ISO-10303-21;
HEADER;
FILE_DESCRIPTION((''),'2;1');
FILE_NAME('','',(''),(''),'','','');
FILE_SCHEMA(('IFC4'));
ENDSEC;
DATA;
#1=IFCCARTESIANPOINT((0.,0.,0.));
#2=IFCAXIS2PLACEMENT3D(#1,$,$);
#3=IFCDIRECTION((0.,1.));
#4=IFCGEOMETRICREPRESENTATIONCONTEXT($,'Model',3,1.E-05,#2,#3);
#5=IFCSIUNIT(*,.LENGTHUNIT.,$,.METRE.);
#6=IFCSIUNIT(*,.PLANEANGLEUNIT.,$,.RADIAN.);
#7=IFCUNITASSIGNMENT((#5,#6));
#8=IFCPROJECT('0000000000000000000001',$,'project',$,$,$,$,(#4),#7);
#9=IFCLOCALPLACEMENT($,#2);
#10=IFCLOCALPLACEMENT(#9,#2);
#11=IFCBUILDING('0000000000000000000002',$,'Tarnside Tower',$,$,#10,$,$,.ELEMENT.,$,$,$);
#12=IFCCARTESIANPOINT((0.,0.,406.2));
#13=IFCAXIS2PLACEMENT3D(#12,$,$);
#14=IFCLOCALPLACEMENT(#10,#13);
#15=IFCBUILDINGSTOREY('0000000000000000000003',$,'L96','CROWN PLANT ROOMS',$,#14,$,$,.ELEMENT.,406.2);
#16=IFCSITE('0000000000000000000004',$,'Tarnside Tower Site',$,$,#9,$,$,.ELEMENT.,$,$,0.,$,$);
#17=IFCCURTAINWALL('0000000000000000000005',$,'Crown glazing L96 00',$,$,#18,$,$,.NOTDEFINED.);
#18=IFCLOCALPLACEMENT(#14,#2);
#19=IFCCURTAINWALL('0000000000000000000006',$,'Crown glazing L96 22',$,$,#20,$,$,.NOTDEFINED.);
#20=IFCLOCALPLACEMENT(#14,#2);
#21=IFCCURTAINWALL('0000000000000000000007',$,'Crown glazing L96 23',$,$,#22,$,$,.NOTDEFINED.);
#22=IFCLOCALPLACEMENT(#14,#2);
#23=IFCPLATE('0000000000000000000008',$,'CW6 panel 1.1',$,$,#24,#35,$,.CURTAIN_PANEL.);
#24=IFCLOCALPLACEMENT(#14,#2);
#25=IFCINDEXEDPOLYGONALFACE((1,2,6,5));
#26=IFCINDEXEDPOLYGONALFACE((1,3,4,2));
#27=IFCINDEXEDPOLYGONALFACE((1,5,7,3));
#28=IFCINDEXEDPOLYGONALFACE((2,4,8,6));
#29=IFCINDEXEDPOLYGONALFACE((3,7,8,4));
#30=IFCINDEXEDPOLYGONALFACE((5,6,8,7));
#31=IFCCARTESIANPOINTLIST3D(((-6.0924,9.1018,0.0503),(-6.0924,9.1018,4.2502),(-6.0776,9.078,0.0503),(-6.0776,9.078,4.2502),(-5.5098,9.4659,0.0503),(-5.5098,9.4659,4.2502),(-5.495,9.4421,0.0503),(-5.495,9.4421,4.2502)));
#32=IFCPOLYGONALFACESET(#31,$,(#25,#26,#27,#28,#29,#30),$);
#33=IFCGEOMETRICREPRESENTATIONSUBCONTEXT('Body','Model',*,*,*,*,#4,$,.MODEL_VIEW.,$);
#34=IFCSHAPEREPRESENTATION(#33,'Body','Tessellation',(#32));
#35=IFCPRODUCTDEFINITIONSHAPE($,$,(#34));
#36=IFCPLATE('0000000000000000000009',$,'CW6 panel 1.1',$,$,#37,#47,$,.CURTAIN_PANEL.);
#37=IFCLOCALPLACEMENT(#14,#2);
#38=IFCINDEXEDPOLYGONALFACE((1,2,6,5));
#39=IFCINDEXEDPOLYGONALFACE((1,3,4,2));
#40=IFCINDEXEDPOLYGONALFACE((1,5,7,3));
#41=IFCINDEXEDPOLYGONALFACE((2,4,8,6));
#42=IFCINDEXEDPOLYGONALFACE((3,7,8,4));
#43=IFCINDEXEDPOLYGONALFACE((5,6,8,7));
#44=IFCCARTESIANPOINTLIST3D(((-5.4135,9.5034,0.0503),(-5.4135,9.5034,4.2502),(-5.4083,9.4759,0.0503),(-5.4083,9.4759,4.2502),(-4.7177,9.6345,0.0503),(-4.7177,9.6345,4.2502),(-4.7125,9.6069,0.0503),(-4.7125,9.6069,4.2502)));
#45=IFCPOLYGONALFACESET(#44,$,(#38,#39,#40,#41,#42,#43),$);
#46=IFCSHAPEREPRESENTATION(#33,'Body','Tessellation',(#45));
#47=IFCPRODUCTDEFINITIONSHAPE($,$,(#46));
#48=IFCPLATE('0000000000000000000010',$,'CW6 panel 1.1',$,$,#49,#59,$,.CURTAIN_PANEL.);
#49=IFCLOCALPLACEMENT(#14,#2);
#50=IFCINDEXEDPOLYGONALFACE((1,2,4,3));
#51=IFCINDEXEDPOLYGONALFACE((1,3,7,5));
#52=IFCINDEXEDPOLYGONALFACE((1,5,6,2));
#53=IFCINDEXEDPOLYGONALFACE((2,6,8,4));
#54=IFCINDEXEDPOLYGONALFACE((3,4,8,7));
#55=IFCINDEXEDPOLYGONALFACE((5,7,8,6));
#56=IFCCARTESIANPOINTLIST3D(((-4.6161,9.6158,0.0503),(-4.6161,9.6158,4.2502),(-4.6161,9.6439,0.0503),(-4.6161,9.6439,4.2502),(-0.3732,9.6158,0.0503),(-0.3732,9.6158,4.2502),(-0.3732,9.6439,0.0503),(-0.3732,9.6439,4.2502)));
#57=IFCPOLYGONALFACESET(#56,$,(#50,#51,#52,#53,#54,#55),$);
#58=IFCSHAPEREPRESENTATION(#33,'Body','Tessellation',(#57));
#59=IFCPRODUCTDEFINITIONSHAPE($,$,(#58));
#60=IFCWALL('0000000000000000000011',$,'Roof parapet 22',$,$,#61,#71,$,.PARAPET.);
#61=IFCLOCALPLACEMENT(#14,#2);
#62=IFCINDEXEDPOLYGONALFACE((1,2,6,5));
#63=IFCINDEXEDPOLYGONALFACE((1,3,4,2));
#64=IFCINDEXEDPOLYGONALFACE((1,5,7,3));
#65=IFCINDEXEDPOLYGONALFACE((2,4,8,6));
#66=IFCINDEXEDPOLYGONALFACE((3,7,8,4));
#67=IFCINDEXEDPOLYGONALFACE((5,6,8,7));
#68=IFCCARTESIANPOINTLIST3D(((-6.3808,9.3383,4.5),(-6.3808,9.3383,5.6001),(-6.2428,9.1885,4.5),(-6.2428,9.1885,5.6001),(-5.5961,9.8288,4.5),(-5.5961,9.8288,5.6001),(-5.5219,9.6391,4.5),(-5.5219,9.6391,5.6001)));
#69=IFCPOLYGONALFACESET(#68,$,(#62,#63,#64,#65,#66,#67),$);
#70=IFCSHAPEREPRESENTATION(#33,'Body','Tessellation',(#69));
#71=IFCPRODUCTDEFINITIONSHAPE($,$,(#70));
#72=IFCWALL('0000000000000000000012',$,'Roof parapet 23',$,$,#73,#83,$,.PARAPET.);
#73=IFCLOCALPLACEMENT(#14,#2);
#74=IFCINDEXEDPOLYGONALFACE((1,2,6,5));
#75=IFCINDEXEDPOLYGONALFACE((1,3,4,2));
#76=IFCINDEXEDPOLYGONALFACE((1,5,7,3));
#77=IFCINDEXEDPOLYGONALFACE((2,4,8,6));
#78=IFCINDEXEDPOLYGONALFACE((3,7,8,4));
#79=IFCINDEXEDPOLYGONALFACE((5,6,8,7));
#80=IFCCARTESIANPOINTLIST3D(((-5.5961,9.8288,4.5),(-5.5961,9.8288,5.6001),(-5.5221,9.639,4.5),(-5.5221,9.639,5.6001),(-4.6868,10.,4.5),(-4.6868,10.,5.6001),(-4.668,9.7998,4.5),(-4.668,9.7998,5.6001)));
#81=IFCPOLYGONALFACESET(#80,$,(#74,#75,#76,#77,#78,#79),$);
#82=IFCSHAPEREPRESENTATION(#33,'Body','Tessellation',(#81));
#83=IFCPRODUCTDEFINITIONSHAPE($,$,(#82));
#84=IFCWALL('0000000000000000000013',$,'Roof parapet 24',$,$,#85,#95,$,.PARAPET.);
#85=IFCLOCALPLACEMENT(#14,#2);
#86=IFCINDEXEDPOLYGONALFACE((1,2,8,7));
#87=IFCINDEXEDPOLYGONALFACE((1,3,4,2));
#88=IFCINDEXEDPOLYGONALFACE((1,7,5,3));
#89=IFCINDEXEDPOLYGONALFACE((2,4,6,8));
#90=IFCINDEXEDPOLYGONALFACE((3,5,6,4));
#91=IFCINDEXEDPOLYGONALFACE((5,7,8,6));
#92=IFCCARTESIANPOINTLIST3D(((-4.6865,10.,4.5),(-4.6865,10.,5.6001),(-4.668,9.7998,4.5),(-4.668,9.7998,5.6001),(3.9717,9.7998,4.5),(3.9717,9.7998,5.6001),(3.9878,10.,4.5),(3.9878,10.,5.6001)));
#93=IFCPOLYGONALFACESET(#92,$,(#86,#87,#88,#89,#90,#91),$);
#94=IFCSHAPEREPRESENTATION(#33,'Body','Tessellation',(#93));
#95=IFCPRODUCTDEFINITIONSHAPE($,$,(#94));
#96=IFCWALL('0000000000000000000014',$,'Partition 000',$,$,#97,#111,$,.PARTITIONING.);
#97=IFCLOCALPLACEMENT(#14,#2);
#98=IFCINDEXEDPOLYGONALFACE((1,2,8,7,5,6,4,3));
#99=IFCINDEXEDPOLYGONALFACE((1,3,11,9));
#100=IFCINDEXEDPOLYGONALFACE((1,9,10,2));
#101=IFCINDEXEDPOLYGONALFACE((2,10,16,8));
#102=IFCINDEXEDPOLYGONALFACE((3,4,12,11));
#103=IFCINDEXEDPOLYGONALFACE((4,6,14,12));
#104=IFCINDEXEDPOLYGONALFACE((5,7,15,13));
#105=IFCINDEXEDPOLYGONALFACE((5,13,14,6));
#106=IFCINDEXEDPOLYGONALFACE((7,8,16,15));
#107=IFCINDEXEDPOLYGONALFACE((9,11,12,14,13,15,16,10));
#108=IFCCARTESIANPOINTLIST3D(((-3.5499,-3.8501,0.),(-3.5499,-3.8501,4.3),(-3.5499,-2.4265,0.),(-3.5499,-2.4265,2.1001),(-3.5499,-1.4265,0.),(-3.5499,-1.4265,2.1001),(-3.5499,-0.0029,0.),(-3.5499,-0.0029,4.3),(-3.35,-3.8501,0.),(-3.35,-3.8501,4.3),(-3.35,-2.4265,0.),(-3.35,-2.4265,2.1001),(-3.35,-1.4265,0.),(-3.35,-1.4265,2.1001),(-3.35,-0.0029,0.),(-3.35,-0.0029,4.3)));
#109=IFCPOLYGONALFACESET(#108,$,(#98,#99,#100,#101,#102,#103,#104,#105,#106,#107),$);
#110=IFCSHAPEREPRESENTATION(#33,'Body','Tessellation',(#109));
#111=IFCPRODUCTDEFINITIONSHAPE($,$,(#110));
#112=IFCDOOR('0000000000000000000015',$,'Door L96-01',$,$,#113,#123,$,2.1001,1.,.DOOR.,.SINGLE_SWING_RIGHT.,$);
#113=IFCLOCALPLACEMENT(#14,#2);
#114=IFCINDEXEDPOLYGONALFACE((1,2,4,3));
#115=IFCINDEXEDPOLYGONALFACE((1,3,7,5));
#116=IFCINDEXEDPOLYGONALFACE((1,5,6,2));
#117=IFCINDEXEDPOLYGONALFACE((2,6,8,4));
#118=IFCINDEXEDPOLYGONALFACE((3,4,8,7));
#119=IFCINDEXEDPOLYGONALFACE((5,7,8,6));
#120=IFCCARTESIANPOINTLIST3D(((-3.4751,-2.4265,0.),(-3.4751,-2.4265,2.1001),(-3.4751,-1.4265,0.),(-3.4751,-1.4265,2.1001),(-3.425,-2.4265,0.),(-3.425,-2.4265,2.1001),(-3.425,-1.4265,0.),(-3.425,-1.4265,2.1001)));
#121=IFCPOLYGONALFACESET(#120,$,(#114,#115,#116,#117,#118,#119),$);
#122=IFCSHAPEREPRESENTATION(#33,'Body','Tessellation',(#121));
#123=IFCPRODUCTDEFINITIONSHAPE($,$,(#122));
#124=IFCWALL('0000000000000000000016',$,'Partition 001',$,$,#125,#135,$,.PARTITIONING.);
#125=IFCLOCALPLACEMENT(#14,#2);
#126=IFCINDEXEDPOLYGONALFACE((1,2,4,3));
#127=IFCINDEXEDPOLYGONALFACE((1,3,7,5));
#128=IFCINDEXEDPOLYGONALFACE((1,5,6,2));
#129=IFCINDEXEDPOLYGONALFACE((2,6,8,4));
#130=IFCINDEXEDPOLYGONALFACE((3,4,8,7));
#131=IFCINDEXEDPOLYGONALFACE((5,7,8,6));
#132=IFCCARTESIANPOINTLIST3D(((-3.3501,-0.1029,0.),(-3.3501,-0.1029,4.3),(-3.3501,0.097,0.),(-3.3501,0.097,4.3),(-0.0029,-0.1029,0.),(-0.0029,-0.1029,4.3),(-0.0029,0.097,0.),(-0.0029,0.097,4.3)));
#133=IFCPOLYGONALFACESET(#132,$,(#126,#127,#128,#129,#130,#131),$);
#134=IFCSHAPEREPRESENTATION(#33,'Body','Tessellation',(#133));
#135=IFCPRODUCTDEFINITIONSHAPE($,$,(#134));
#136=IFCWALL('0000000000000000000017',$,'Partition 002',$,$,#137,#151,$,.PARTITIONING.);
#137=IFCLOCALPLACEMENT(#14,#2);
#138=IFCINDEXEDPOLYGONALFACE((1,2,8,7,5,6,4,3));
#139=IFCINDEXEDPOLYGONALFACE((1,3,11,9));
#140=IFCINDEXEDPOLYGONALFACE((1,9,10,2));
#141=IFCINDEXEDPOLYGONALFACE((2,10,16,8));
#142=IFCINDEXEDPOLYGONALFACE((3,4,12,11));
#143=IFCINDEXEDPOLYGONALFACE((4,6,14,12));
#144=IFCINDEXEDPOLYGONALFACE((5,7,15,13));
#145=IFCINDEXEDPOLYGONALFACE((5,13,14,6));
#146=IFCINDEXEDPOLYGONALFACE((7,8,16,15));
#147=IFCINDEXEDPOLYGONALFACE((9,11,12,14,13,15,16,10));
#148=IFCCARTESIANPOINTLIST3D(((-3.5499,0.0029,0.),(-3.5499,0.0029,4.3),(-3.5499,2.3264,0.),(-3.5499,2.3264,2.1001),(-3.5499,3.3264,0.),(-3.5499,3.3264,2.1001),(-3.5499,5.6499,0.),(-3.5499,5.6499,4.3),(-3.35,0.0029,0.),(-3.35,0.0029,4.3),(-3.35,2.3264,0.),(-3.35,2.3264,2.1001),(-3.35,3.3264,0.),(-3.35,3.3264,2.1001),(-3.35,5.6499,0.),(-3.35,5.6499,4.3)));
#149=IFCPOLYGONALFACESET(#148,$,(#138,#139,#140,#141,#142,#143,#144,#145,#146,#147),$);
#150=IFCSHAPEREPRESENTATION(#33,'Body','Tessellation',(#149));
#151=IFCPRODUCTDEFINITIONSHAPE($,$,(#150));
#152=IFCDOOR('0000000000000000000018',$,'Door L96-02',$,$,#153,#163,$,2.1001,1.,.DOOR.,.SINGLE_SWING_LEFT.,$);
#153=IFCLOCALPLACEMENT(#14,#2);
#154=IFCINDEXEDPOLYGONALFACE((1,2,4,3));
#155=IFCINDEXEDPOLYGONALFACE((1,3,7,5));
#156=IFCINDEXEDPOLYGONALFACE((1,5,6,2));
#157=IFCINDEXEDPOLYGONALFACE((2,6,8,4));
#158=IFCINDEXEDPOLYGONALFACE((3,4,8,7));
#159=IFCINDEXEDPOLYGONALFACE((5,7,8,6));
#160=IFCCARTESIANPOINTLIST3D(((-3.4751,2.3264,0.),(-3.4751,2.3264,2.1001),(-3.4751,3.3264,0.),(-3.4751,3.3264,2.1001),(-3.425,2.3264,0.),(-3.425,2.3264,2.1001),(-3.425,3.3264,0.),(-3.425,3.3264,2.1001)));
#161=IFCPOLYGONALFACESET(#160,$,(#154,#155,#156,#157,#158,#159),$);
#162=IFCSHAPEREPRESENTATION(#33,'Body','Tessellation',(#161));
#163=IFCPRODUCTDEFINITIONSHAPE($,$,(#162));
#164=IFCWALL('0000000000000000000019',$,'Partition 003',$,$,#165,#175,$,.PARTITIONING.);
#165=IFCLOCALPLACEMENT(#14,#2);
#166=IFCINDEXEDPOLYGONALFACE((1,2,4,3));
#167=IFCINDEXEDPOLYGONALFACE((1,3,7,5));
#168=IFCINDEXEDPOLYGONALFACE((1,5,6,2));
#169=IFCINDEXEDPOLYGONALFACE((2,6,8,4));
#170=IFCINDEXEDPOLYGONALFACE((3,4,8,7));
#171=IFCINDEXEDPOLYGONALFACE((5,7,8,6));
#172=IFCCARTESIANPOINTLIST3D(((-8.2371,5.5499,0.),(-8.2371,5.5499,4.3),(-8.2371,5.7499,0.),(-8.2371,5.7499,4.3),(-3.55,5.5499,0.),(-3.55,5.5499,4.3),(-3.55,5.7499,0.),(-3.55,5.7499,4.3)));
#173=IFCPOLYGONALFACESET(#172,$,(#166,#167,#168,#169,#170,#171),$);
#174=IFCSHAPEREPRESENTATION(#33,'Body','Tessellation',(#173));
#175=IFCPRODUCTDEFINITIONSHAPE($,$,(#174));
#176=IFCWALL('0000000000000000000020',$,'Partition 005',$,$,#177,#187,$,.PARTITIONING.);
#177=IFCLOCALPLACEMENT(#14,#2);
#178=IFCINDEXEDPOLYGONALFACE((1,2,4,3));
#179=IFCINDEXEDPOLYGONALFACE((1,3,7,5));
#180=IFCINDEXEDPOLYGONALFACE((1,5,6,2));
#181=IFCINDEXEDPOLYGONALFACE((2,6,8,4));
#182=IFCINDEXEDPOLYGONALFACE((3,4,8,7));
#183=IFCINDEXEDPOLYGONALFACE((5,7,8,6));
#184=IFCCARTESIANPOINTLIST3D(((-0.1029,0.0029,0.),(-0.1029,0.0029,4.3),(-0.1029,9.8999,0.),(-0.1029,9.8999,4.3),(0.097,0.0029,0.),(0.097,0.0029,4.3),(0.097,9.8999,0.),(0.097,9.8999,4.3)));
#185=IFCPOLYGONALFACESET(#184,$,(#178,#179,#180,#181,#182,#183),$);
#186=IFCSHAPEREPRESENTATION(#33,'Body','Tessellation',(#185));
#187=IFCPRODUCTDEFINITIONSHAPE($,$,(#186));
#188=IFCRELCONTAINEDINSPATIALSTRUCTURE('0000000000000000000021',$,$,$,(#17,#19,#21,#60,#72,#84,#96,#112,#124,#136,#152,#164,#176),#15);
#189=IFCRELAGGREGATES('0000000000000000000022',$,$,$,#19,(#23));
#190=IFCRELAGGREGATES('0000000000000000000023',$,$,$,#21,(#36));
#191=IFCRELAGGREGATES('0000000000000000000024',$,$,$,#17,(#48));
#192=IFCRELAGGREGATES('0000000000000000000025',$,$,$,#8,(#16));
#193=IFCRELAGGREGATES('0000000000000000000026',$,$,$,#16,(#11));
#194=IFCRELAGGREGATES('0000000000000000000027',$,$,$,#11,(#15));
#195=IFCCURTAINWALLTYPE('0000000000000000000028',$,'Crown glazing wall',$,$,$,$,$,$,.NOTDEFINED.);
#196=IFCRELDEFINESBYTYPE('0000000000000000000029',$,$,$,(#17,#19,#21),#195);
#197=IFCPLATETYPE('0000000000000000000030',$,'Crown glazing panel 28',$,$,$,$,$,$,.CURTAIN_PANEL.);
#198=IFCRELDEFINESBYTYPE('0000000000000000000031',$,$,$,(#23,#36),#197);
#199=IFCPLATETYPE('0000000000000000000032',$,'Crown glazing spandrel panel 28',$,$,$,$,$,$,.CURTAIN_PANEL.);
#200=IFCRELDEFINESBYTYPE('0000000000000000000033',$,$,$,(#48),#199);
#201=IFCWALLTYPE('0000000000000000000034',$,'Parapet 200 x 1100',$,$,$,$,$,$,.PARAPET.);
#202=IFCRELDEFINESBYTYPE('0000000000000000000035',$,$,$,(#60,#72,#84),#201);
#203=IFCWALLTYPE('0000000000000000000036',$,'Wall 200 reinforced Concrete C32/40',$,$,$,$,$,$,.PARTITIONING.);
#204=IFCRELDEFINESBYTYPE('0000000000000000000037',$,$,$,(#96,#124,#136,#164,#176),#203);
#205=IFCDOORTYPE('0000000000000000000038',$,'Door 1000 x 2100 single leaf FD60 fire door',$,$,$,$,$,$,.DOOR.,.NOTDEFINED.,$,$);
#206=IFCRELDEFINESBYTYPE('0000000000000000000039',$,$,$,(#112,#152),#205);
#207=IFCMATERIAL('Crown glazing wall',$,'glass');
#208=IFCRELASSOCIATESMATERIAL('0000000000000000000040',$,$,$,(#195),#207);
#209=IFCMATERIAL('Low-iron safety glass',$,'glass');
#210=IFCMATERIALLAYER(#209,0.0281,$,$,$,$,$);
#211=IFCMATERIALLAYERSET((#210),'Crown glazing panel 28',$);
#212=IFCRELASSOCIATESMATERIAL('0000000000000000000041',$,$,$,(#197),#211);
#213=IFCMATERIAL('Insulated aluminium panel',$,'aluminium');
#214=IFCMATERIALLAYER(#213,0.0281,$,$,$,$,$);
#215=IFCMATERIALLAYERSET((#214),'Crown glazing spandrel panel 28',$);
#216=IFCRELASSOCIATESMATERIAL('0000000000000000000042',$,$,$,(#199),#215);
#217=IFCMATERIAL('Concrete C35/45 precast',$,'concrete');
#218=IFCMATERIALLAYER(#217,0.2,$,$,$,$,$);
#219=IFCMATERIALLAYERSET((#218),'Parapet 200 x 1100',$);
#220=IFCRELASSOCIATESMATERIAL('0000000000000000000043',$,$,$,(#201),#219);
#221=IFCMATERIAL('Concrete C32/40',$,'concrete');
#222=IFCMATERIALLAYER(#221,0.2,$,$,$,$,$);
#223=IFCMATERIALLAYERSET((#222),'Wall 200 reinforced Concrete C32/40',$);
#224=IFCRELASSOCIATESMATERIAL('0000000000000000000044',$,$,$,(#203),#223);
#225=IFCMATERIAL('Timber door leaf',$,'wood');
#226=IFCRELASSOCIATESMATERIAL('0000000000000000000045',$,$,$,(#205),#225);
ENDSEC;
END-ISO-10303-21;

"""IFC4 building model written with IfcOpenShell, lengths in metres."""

from ifc_helpers import new_model, si_unit, direction, frame, frame_2d, origin, origin_2d, place, context, subcontext, project, spatial, polyline, rectangle, outline, extrude, material, layer, layer_set, type_object, element, fill, aggregate, save


model = new_model("IFC4")

# Units and contexts
model_context = context("Model", 3, precision=1e-05, world=origin(), true_north=direction((0.0, 1.0)))
body_context = subcontext(model_context, "Body", "Model", "MODEL_VIEW")
ifc_project = project(units=[si_unit("LENGTHUNIT", "METRE"), si_unit("PLANEANGLEUNIT", "RADIAN")], contexts=[model_context])

# Site, building, storey
site_placement = place(None, origin())
site = spatial("IfcSite", under=ifc_project, at=site_placement, Name="Tarnside Tower Site", CompositionType="ELEMENT", RefElevation=0.0)
building_placement = place(site_placement, origin())
building = spatial("IfcBuilding", under=site, at=building_placement, Name="Tarnside Tower", CompositionType="ELEMENT")
storey_placement = place(building_placement, frame((0.0, 0.0, 406.2)))
storey = spatial("IfcBuildingStorey", under=building, at=storey_placement, Name="L96", Description="CROWN PLANT ROOMS", CompositionType="ELEMENT", Elevation=406.2)

# Curtain wall
ifc_material_1 = material(Name="Crown glazing wall", Category="glass")
curtain_wall_type = type_object("IfcCurtainWallType", Name="Crown glazing wall", PredefinedType="NOTDEFINED", material=ifc_material_1)
curtain_wall_1_placement = place(storey_placement, origin())
curtain_wall_1 = element("IfcCurtainWall", 1, at=curtain_wall_1_placement, inside=storey, type_object=curtain_wall_type, Name="Crown glazing L96 00", PredefinedType="NOTDEFINED")

# Curtain walls
curtain_wall_2_placement = place(storey_placement, origin())
curtain_wall_2 = element("IfcCurtainWall", 2, at=curtain_wall_2_placement, inside=storey, type_object=curtain_wall_type, Name="Crown glazing L96 22", PredefinedType="NOTDEFINED")
curtain_wall_3_placement = place(storey_placement, origin())
curtain_wall_3 = element("IfcCurtainWall", 3, at=curtain_wall_3_placement, inside=storey, type_object=curtain_wall_type, Name="Crown glazing L96 23", PredefinedType="NOTDEFINED")

# Plates
ifc_material_2 = material(Name="Low-iron safety glass", Category="glass")
ifc_layer_1 = layer(ifc_material_2, 0.0281)
ifc_layer_set_1 = layer_set([ifc_layer_1], Name="Crown glazing panel 28")
plate_type_1 = type_object("IfcPlateType", Name="Crown glazing panel 28", PredefinedType="CURTAIN_PANEL", material=ifc_layer_set_1)
plate_1_placement = place(storey_placement, frame((-5.7937, 9.272, 0.0503), z_axis=(0.0, 0.0, 1.0), x_axis=(0.848048, 0.529919, 0.0)))
plate_1 = element("IfcPlate", 4, at=plate_1_placement, type_object=plate_type_1, Name="CW6 panel 1.1", PredefinedType="CURTAIN_PANEL", context=body_context, shape_type="SweptSolid", body=[
    extrude(rectangle(XDim=0.687, YDim=0.0281, at=origin_2d()), origin(), (0.0, 0.0, 1.0), 4.2),
])
aggregate(curtain_wall_2, [plate_1])
plate_2_placement = place(storey_placement, frame((-5.063, 9.5552, 0.0503), z_axis=(0.0, 0.0, 1.0), x_axis=(0.982721, 0.185095, 0.0)))
plate_2 = element("IfcPlate", 5, at=plate_2_placement, type_object=plate_type_1, Name="CW6 panel 1.1", PredefinedType="CURTAIN_PANEL", context=body_context, shape_type="SweptSolid", body=[
    extrude(rectangle(XDim=0.708, YDim=0.0281, at=origin_2d()), origin(), (0.0, 0.0, 1.0), 4.2),
])
aggregate(curtain_wall_3, [plate_2])
ifc_material_3 = material(Name="Insulated aluminium panel", Category="aluminium")
ifc_layer_2 = layer(ifc_material_3, 0.0281)
ifc_layer_set_2 = layer_set([ifc_layer_2], Name="Crown glazing spandrel panel 28")
plate_type_2 = type_object("IfcPlateType", Name="Crown glazing spandrel panel 28", PredefinedType="CURTAIN_PANEL", material=ifc_layer_set_2)
plate_3_placement = place(storey_placement, frame((-2.4946, 9.6299, 0.0503), z_axis=(0.0, 0.0, 1.0), x_axis=(1.0, 0.0, 0.0)))
plate_3 = element("IfcPlate", 6, at=plate_3_placement, type_object=plate_type_2, Name="CW6 panel 1.1", PredefinedType="CURTAIN_PANEL", context=body_context, shape_type="SweptSolid", body=[
    extrude(rectangle(XDim=4.2429, YDim=0.0281, at=origin_2d()), origin(), (0.0, 0.0, 1.0), 4.2),
])
aggregate(curtain_wall_1, [plate_3])

# Walls
ifc_material_4 = material(Name="Concrete C35/45 precast", Category="concrete")
ifc_layer_3 = layer(ifc_material_4, 0.2)
ifc_layer_set_3 = layer_set([ifc_layer_3], Name="Parapet 200 x 1100")
wall_type_1 = type_object("IfcWallType", Name="Parapet 200 x 1100", PredefinedType="PARAPET", material=ifc_layer_set_3)
wall_1_placement = place(storey_placement, frame((-6.3118, 9.2634, 4.5), z_axis=(0.0, 0.0, 1.0), x_axis=(0.847983, 0.530024, 0.0)))
element("IfcWall", 7, at=wall_1_placement, inside=storey, type_object=wall_type_1, Name="Roof parapet 22", PredefinedType="PARAPET", context=body_context, shape_type="SweptSolid", body=[
    extrude(outline(polyline([(0.0188, -0.1001), (0.8689, -0.1001), (0.9065, 0.1001), (-0.0188, 0.1001), (0.0188, -0.1001)])), origin(), (0.0, 0.0, 1.0), 1.1001),
])
wall_2_placement = place(storey_placement, frame((-5.5591, 9.7339, 4.5), z_axis=(0.0, 0.0, 1.0), x_axis=(0.982736, 0.185011, 0.0)))
element("IfcWall", 8, at=wall_2_placement, inside=storey, type_object=wall_type_1, Name="Roof parapet 23", PredefinedType="PARAPET", context=body_context, shape_type="SweptSolid", body=[
    extrude(outline(polyline([(0.0188, -0.1001), (0.8879, -0.1001), (0.9065, 0.1001), (-0.0188, 0.1001), (0.0188, -0.1001)])), origin(), (0.0, 0.0, 1.0), 1.1001),
])
wall_3_placement = place(storey_placement, frame((-4.6772, 9.8999, 4.5), z_axis=(0.0, 0.0, 1.0), x_axis=(1.0, 0.0, 0.0)))
element("IfcWall", 9, at=wall_3_placement, inside=storey, type_object=wall_type_1, Name="Roof parapet 24", PredefinedType="PARAPET", context=body_context, shape_type="SweptSolid", body=[
    extrude(outline(polyline([(0.0093, -0.1001), (8.6489, -0.1001), (8.665, 0.1001), (-0.0093, 0.1001), (0.0093, -0.1001)])), origin(), (0.0, 0.0, 1.0), 1.1001),
])

# Wall, opening, door
ifc_material_5 = material(Name="Concrete C32/40", Category="concrete")
ifc_layer_4 = layer(ifc_material_5, 0.2)
ifc_layer_set_4 = layer_set([ifc_layer_4], Name="Wall 200 reinforced Concrete C32/40")
wall_type_2 = type_object("IfcWallType", Name="Wall 200 reinforced Concrete C32/40", PredefinedType="PARTITIONING", material=ifc_layer_set_4)
wall_4_placement = place(storey_placement, frame((-3.45, -0.0029, 0.0), z_axis=(0.0, 0.0, 1.0), x_axis=(0.0, -1.0, 0.0)))
wall_4 = element("IfcWall", 10, at=wall_4_placement, inside=storey, type_object=wall_type_2, Name="Partition 000", PredefinedType="PARTITIONING", context=body_context, shape_type="SweptSolid", body=[
    extrude(rectangle(XDim=3.8472, YDim=0.2, at=frame_2d((1.9236, 0.0))), origin(), (0.0, 0.0, 1.0), 4.3),
])
opening_1_placement = place(wall_4_placement, frame((1.4236, 0.0, 0.0)))
opening_1 = element("IfcOpeningElement", 11, at=opening_1_placement, cuts=wall_4, PredefinedType="OPENING", context=body_context, shape_type="SweptSolid", body=[
    extrude(rectangle(XDim=1.0, YDim=2.1001, at=frame_2d((0.5, 1.05))), frame((0.0, 0.1099, 0.0), z_axis=(0.0, -1.0, 0.0), x_axis=(1.0, 0.0, 0.0)), (0.0, 0.0, 1.0), 0.22),
])
ifc_material_6 = material(Name="Timber door leaf", Category="wood")
door_type = type_object("IfcDoorType", Name="Door 1000 x 2100 single leaf FD60 fire door", OperationType="NOTDEFINED", PredefinedType="DOOR", material=ifc_material_6)
door_1_placement = place(opening_1_placement, origin())
door_1 = element("IfcDoor", 12, at=door_1_placement, inside=storey, type_object=door_type, Name="Door L96-01", OperationType="SINGLE_SWING_RIGHT", OverallHeight=2.1001, OverallWidth=1.0, PredefinedType="DOOR", context=body_context, shape_type="SweptSolid", body=[
    extrude(rectangle(XDim=1.0, YDim=2.1001, at=frame_2d((0.5, 1.05))), frame((0.0, 0.0249, 0.0), z_axis=(0.0, -1.0, 0.0), x_axis=(1.0, 0.0, 0.0)), (0.0, 0.0, 1.0), 0.05),
])
fill(opening_1, door_1)

# Wall
wall_5_placement = place(storey_placement, frame((-3.3501, -0.0029, 0.0), z_axis=(0.0, 0.0, 1.0), x_axis=(1.0, 0.0, 0.0)))
element("IfcWall", 13, at=wall_5_placement, inside=storey, type_object=wall_type_2, Name="Partition 001", PredefinedType="PARTITIONING", context=body_context, shape_type="SweptSolid", body=[
    extrude(rectangle(XDim=3.3472, YDim=0.2, at=frame_2d((1.6736, 0.0))), origin(), (0.0, 0.0, 1.0), 4.3),
])

# Wall, opening, door
wall_6_placement = place(storey_placement, frame((-3.45, 5.6499, 0.0), z_axis=(0.0, 0.0, 1.0), x_axis=(0.0, -1.0, 0.0)))
wall_6 = element("IfcWall", 14, at=wall_6_placement, inside=storey, type_object=wall_type_2, Name="Partition 002", PredefinedType="PARTITIONING", context=body_context, shape_type="SweptSolid", body=[
    extrude(rectangle(XDim=5.647, YDim=0.2, at=frame_2d((2.8235, 0.0))), origin(), (0.0, 0.0, 1.0), 4.3),
])
opening_2_placement = place(wall_6_placement, frame((2.3235, 0.0, 0.0)))
opening_2 = element("IfcOpeningElement", 15, at=opening_2_placement, cuts=wall_6, PredefinedType="OPENING", context=body_context, shape_type="SweptSolid", body=[
    extrude(rectangle(XDim=1.0, YDim=2.1001, at=frame_2d((0.5, 1.05))), frame((0.0, 0.1099, 0.0), z_axis=(0.0, -1.0, 0.0), x_axis=(1.0, 0.0, 0.0)), (0.0, 0.0, 1.0), 0.22),
])
door_2_placement = place(opening_2_placement, origin())
door_2 = element("IfcDoor", 16, at=door_2_placement, inside=storey, type_object=door_type, Name="Door L96-02", OperationType="SINGLE_SWING_LEFT", OverallHeight=2.1001, OverallWidth=1.0, PredefinedType="DOOR", context=body_context, shape_type="SweptSolid", body=[
    extrude(rectangle(XDim=1.0, YDim=2.1001, at=frame_2d((0.5, 1.05))), frame((0.0, 0.0249, 0.0), z_axis=(0.0, -1.0, 0.0), x_axis=(1.0, 0.0, 0.0)), (0.0, 0.0, 1.0), 0.05),
])
fill(opening_2, door_2)

# Walls
wall_7_placement = place(storey_placement, frame((-3.55, 5.6499, 0.0), z_axis=(0.0, 0.0, 1.0), x_axis=(-1.0, 0.0, 0.0)))
element("IfcWall", 17, at=wall_7_placement, inside=storey, type_object=wall_type_2, Name="Partition 003", PredefinedType="PARTITIONING", context=body_context, shape_type="SweptSolid", body=[
    extrude(rectangle(XDim=4.687, YDim=0.2, at=frame_2d((2.3435, 0.0))), origin(), (0.0, 0.0, 1.0), 4.3),
])
wall_8_placement = place(storey_placement, frame((-0.0029, 9.8999, 0.0), z_axis=(0.0, 0.0, 1.0), x_axis=(0.0, -1.0, 0.0)))
element("IfcWall", 18, at=wall_8_placement, inside=storey, type_object=wall_type_2, Name="Partition 005", PredefinedType="PARTITIONING", context=body_context, shape_type="SweptSolid", body=[
    extrude(rectangle(XDim=9.897, YDim=0.2, at=frame_2d((4.9485, 0.0))), origin(), (0.0, 0.0, 1.0), 4.3),
])

save(model, "model.ifc")
